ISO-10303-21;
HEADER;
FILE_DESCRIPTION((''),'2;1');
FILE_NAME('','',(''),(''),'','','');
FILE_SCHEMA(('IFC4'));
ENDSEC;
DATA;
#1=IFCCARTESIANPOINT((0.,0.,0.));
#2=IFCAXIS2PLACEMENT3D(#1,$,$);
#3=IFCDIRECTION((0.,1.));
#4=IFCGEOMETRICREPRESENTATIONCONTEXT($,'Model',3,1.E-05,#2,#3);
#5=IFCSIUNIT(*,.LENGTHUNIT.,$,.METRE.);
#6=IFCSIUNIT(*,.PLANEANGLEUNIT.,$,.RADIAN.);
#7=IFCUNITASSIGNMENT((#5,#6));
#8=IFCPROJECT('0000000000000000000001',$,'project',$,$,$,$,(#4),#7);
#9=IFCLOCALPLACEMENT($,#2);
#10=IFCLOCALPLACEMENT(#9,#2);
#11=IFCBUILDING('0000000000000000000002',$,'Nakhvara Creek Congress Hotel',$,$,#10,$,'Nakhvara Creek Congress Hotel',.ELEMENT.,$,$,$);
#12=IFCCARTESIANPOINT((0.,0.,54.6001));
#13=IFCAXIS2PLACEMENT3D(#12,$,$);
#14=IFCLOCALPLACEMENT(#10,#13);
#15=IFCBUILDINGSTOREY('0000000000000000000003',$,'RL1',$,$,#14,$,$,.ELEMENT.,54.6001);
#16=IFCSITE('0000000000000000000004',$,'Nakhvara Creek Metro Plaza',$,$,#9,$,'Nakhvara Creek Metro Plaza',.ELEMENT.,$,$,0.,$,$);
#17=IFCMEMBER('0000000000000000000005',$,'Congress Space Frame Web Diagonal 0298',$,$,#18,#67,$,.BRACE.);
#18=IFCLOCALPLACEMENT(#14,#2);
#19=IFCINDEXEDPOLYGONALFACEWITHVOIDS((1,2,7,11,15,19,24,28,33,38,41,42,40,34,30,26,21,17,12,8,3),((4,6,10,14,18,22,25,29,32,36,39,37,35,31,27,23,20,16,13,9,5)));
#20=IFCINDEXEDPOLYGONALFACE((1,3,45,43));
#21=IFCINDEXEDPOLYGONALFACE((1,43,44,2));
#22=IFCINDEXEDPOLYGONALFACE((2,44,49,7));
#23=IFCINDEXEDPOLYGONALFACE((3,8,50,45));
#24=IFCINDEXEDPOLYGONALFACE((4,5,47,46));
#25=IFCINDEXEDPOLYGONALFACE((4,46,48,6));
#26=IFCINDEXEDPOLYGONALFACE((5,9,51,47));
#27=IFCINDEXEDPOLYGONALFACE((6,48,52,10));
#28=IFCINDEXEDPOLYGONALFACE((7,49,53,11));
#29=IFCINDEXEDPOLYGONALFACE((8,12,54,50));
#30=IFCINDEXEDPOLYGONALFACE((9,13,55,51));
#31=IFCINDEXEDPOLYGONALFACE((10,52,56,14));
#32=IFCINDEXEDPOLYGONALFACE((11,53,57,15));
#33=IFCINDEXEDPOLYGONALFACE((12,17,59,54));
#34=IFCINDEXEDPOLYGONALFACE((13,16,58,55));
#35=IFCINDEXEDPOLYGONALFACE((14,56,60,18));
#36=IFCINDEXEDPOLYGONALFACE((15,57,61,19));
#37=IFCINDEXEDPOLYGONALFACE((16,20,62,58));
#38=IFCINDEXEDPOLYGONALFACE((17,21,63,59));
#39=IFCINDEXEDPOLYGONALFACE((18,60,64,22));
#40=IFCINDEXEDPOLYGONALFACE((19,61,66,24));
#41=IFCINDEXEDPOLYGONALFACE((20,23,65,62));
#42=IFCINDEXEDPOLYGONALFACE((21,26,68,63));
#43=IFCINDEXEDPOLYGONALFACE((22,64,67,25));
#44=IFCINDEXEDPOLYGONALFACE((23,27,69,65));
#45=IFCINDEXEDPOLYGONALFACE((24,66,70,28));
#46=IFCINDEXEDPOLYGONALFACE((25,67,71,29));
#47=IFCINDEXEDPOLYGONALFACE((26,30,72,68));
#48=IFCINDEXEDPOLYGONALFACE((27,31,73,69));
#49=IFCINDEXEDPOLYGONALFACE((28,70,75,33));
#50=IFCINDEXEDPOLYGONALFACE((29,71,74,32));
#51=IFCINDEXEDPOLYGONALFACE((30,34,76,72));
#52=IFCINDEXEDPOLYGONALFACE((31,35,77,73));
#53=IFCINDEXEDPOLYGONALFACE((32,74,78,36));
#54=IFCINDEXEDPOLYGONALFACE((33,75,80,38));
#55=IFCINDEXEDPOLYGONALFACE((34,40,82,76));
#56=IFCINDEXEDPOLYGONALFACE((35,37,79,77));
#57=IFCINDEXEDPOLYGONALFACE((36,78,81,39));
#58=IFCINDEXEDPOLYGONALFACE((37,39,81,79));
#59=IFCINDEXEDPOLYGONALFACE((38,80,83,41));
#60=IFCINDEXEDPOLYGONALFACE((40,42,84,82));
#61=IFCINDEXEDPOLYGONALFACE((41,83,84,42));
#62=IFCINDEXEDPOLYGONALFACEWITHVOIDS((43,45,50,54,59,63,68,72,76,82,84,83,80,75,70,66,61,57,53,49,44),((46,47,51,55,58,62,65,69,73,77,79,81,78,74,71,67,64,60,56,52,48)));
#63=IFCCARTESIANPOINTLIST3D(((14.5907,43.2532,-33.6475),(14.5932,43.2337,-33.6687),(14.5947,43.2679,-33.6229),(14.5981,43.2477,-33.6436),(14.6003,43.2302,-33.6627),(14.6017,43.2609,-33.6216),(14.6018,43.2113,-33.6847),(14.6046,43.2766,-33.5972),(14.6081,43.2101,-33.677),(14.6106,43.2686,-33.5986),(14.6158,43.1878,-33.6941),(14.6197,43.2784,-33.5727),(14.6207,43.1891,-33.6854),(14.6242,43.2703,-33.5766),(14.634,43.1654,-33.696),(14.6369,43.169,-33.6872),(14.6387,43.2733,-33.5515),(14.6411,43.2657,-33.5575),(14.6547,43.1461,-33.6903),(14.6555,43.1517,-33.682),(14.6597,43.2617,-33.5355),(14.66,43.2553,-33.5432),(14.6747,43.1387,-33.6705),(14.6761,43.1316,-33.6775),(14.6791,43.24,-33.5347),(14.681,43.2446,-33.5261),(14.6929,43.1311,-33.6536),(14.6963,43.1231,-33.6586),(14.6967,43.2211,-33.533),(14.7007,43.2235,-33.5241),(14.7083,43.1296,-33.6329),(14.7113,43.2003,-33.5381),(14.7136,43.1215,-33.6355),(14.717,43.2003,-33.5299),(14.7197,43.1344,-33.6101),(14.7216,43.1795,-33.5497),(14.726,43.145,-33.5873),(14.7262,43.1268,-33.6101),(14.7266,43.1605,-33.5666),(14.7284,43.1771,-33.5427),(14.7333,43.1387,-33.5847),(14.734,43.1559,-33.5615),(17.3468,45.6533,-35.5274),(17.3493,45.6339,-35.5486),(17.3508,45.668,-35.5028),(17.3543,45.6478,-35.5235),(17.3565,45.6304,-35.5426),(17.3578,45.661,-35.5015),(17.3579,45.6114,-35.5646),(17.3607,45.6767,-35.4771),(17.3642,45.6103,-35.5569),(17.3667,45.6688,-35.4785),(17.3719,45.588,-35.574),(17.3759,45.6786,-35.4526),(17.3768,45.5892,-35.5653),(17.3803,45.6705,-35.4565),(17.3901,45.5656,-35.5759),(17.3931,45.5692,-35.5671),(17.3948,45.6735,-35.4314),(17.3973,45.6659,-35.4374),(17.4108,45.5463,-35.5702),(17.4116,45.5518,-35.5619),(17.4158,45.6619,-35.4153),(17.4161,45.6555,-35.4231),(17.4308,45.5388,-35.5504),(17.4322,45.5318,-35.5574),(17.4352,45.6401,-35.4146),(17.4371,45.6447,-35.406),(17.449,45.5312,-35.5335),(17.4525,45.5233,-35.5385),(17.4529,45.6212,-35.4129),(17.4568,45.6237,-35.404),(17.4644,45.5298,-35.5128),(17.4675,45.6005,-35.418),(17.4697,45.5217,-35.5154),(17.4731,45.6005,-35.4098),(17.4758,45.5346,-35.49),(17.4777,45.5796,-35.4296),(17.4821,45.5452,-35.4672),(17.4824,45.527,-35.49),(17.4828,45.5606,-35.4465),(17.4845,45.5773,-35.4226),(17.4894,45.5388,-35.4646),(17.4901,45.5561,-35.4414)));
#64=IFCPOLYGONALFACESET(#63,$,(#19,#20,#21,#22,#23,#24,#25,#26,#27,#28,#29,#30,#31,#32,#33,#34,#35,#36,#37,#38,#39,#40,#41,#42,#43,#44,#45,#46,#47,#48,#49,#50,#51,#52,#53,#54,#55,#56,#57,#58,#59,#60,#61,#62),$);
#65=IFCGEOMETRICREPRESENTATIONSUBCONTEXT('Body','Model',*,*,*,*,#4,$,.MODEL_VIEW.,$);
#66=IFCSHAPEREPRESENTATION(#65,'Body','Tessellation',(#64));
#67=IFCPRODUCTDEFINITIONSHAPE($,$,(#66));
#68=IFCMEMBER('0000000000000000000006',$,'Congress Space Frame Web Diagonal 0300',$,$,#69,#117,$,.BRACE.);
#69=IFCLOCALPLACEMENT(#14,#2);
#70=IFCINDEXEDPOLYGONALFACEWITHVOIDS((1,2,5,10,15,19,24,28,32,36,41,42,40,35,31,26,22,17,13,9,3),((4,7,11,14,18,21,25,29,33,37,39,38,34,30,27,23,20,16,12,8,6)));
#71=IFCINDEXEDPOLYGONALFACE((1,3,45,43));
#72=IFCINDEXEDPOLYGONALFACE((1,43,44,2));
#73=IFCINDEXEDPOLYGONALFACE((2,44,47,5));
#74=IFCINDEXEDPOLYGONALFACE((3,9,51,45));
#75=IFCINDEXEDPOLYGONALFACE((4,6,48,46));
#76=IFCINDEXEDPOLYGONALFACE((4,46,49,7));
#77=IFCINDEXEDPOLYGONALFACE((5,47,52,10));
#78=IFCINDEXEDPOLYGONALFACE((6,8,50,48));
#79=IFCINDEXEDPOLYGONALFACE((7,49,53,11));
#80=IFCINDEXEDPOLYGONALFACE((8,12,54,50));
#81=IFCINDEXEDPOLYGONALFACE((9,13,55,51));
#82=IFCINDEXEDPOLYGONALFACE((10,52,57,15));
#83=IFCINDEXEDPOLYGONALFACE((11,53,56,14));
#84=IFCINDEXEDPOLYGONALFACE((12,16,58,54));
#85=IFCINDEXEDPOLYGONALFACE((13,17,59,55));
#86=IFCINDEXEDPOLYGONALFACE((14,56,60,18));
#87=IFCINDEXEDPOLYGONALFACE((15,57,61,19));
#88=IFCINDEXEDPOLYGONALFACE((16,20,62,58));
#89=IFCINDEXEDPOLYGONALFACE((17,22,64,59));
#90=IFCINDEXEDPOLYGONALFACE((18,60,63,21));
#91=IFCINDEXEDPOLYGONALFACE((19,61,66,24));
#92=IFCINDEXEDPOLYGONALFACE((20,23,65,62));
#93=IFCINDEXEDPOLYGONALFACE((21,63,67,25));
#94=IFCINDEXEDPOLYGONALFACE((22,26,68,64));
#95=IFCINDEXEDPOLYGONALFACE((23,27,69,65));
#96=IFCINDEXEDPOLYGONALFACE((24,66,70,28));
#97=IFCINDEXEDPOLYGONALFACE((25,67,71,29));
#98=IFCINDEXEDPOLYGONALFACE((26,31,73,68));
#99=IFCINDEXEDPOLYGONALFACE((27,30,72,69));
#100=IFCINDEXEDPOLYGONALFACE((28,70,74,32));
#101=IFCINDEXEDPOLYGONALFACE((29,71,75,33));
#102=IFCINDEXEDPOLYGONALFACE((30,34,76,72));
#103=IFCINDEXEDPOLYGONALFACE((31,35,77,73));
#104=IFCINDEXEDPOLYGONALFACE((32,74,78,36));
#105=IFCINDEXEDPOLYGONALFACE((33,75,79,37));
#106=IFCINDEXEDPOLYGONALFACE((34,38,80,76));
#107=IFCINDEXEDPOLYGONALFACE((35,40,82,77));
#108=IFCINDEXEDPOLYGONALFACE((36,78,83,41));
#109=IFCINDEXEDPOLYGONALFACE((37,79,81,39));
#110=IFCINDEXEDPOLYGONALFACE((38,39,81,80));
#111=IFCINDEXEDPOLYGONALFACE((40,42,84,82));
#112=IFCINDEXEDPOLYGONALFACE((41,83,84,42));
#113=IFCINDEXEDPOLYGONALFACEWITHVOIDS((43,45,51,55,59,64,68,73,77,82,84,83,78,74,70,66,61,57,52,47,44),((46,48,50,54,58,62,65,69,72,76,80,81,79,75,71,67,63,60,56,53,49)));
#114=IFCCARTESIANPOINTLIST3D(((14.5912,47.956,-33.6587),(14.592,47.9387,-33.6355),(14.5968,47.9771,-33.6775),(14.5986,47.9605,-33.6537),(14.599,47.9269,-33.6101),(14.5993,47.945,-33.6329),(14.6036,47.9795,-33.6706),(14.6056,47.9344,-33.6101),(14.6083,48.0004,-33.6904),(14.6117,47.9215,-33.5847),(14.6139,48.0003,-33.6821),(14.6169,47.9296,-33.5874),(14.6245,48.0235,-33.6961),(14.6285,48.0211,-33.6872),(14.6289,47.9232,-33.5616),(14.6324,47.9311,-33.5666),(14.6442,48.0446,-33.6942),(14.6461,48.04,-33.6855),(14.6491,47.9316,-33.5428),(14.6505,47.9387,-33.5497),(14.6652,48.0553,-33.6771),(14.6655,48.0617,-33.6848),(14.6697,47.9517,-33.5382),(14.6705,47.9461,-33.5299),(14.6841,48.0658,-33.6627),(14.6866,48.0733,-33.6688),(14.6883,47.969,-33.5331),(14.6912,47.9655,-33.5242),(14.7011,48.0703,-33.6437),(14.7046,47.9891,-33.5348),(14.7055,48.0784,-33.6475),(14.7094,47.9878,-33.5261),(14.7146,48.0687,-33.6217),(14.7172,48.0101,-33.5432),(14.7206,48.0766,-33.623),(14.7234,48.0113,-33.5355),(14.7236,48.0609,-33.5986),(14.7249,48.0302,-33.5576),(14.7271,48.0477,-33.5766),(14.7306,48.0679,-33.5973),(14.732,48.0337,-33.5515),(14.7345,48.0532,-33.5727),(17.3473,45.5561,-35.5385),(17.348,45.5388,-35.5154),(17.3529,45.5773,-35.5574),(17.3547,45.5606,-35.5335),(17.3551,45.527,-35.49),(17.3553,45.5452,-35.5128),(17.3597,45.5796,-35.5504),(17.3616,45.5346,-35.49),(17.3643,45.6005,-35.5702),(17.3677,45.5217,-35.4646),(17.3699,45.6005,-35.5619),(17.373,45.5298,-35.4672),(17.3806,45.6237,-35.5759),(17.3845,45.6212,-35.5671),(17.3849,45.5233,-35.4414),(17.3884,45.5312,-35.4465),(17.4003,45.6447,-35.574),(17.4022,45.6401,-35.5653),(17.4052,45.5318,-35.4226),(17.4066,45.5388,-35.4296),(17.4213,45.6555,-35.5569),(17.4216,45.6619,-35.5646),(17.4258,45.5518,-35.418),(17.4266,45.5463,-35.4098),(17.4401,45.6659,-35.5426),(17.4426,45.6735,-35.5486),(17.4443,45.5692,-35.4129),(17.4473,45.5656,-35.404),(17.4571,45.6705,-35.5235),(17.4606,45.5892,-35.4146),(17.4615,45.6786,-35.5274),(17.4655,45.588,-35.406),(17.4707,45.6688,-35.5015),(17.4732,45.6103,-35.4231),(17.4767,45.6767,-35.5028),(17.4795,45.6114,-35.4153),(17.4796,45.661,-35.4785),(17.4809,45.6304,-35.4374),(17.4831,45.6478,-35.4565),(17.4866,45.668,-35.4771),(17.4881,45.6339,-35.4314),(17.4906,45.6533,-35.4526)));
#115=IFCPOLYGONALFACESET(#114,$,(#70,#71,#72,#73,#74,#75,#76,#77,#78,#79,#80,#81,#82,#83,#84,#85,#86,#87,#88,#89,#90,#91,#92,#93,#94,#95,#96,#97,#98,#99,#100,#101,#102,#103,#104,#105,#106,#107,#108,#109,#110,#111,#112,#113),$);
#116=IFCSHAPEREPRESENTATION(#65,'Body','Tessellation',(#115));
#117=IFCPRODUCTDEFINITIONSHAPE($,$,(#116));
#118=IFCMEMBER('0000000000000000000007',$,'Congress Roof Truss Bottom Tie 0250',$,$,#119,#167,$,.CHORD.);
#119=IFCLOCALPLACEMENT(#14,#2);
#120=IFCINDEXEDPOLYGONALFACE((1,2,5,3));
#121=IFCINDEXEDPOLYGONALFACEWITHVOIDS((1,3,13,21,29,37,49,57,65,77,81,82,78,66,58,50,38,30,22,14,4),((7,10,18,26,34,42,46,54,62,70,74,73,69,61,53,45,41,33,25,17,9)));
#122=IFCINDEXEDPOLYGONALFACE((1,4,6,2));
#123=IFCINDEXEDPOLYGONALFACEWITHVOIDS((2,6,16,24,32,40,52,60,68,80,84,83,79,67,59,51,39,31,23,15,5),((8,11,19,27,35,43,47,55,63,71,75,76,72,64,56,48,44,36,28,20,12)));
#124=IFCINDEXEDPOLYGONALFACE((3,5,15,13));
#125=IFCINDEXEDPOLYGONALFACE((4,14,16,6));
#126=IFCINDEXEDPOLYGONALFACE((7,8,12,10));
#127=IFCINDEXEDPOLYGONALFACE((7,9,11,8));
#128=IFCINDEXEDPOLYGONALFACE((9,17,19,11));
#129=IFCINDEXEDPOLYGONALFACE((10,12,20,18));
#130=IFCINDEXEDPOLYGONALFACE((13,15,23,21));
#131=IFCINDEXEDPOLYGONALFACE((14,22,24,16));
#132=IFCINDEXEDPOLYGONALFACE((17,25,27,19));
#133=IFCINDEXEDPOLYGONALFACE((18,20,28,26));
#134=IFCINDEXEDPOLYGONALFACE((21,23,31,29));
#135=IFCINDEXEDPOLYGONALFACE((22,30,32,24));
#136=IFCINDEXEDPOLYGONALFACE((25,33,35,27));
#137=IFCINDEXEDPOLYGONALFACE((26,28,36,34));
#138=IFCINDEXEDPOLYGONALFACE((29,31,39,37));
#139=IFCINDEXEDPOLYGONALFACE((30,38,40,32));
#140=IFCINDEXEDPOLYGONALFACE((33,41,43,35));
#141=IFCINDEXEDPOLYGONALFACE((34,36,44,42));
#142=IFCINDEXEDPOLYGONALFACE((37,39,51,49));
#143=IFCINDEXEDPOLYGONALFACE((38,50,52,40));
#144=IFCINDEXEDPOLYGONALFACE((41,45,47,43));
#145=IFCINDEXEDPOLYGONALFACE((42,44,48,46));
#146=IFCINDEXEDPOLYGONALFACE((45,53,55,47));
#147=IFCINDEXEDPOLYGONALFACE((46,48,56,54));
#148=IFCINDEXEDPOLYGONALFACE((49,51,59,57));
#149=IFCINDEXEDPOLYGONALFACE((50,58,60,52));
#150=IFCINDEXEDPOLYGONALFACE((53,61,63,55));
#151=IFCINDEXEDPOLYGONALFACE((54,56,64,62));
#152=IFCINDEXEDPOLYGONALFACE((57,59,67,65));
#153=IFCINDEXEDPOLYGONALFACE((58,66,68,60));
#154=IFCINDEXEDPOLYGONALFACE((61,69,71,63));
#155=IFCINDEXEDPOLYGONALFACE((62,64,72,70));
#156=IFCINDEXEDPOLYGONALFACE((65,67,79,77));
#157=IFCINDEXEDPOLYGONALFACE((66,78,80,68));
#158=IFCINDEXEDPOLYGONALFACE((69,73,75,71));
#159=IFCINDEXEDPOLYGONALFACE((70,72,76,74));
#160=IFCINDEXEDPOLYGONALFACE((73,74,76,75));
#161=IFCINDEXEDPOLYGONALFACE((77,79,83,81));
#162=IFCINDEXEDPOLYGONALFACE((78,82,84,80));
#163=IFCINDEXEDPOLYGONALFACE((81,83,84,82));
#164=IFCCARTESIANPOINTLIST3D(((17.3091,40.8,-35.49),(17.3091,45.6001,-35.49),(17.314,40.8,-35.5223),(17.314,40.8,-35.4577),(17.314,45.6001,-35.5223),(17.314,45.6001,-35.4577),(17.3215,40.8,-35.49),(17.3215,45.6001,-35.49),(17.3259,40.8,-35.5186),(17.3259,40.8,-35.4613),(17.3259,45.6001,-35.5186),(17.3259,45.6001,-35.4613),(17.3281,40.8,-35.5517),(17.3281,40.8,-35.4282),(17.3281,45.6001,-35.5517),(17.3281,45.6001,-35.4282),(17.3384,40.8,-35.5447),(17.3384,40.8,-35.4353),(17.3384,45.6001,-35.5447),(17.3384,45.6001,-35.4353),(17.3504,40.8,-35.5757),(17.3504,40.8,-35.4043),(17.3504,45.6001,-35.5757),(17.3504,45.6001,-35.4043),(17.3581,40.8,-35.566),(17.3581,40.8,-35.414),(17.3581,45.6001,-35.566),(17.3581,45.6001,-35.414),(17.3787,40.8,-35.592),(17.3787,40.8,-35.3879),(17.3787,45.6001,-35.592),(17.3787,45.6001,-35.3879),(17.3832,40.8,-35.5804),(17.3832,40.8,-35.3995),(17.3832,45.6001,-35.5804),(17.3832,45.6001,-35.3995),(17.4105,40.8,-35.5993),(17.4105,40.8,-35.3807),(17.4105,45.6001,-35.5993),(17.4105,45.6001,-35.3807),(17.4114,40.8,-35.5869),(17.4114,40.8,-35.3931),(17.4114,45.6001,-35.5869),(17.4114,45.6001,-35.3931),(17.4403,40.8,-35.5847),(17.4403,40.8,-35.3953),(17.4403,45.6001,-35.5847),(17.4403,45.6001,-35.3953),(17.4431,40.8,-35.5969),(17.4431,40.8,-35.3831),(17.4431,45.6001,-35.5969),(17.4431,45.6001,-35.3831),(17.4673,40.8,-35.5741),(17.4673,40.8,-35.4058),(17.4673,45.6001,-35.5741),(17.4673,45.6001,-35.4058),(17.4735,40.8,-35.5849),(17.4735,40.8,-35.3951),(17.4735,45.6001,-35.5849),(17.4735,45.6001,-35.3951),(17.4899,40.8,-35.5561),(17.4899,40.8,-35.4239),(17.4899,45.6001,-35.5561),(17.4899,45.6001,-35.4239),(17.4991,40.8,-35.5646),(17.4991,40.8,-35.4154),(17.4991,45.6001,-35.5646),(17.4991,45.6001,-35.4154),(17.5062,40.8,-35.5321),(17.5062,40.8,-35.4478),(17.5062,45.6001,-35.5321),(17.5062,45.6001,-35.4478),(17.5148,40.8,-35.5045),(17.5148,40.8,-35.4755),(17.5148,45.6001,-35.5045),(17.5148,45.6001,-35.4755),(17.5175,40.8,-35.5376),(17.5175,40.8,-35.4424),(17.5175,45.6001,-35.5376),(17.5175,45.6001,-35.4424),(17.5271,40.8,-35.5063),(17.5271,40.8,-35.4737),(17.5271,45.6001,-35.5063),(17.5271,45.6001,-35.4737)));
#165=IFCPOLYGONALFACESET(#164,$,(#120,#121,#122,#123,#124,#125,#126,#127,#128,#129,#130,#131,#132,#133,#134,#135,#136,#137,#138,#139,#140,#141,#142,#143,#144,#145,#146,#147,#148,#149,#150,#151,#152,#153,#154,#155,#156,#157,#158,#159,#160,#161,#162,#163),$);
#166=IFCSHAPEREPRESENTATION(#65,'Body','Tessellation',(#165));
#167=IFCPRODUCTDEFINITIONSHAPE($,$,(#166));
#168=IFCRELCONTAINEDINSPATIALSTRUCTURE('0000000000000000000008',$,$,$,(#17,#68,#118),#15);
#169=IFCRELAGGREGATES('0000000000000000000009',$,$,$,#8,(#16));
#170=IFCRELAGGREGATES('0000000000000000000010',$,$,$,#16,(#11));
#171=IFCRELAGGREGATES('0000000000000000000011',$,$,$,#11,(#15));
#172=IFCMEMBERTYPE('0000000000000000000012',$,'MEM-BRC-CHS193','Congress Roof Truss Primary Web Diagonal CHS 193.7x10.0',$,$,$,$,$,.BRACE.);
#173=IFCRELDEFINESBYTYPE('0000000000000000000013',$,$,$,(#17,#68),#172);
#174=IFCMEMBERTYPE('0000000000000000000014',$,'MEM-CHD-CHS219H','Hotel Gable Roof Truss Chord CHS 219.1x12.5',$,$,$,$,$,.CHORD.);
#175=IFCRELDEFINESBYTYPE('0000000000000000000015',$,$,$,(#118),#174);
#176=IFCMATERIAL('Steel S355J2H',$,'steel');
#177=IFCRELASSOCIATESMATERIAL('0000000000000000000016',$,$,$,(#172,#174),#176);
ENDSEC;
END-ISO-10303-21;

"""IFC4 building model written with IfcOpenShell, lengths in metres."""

from ifc_helpers import new_model, si_unit, direction, frame, origin, origin_2d, place, context, subcontext, project, spatial, hollow_circle, extrude, material, material_profile, profile_set, type_object, element, save


model = new_model("IFC4")

# Units and contexts
model_context = context("Model", 3, precision=1e-05, world=origin(), true_north=direction((0.0, 1.0)))
body_context = subcontext(model_context, "Body", "Model", "MODEL_VIEW")
ifc_project = project(units=[si_unit("LENGTHUNIT", "METRE"), si_unit("PLANEANGLEUNIT", "RADIAN")], contexts=[model_context])

# Site, building, storey
site_placement = place(None, origin())
site = spatial("IfcSite", under=ifc_project, at=site_placement, Name="Nakhvara Creek Metro Plaza", LongName="Nakhvara Creek Metro Plaza", CompositionType="ELEMENT", RefElevation=0.0)
building_placement = place(site_placement, origin())
building = spatial("IfcBuilding", under=site, at=building_placement, Name="Nakhvara Creek Congress Hotel", LongName="Nakhvara Creek Congress Hotel", CompositionType="ELEMENT")
storey_placement = place(building_placement, frame((0.0, 0.0, 54.6001)))
storey = spatial("IfcBuildingStorey", under=building, at=storey_placement, Name="RL1", CompositionType="ELEMENT", Elevation=54.6001)

# Members
ifc_material_1 = material(Name="Steel S355J2H", Category="steel")
ifc_material_profile_1 = material_profile(ifc_material_1, hollow_circle(Radius=0.0969, WallThickness=0.01, at=origin_2d()), Name="CHS 193.7x10.0", Category="LoadBearing")
ifc_profile_set_1 = profile_set([ifc_material_profile_1], Name="Steel S355J2H")
member_type_1 = type_object("IfcMemberType", Name="MEM-BRC-CHS193", Description="Congress Roof Truss Primary Web Diagonal CHS 193.7x10.0", PredefinedType="BRACE", material=ifc_profile_set_1)
member_1_placement = place(storey_placement, frame((17.4187, 45.6001, -35.49), z_axis=(-0.670611, -0.584, 0.45741), x_axis=(0.656729, -0.754126, 0.0)))
element("IfcMember", 1, at=member_1_placement, inside=storey, type_object=member_type_1, Name="Congress Space Frame Web Diagonal 0298", PredefinedType="BRACE", context=body_context, shape_type="SweptSolid", body=[
    extrude(hollow_circle(Radius=0.0969, WallThickness=0.01, at=origin_2d()), origin(), (0.0, 0.0, 1.0), 4.1099),
])
member_2_placement = place(storey_placement, frame((17.4187, 45.6001, -35.49), z_axis=(-0.670634, 0.583961, 0.457426), x_axis=(-0.656691, -0.75416, 0.0)))
element("IfcMember", 2, at=member_2_placement, inside=storey, type_object=member_type_1, Name="Congress Space Frame Web Diagonal 0300", PredefinedType="BRACE", context=body_context, shape_type="SweptSolid", body=[
    extrude(hollow_circle(Radius=0.0969, WallThickness=0.01, at=origin_2d()), origin(), (0.0, 0.0, 1.0), 4.1096),
])
ifc_material_profile_2 = material_profile(ifc_material_1, hollow_circle(Radius=0.1096, WallThickness=0.0125, at=origin_2d()), Name="CHS 219.1x12.5", Category="LoadBearing")
ifc_profile_set_2 = profile_set([ifc_material_profile_2], Name="Steel S355J2H")
member_type_2 = type_object("IfcMemberType", Name="MEM-CHD-CHS219H", Description="Hotel Gable Roof Truss Chord CHS 219.1x12.5", PredefinedType="CHORD", material=ifc_profile_set_2)
member_3_placement = place(storey_placement, frame((17.4187, 40.8, -35.49), z_axis=(0.0, 1.0, 0.0), x_axis=(-1.0, 0.0, 0.0)))
element("IfcMember", 3, at=member_3_placement, inside=storey, type_object=member_type_2, Name="Congress Roof Truss Bottom Tie 0250", PredefinedType="CHORD", context=body_context, shape_type="SweptSolid", body=[
    extrude(hollow_circle(Radius=0.1096, WallThickness=0.0125, at=origin_2d()), origin(), (0.0, 0.0, 1.0), 4.8),
])

save(model, "model.ifc")
